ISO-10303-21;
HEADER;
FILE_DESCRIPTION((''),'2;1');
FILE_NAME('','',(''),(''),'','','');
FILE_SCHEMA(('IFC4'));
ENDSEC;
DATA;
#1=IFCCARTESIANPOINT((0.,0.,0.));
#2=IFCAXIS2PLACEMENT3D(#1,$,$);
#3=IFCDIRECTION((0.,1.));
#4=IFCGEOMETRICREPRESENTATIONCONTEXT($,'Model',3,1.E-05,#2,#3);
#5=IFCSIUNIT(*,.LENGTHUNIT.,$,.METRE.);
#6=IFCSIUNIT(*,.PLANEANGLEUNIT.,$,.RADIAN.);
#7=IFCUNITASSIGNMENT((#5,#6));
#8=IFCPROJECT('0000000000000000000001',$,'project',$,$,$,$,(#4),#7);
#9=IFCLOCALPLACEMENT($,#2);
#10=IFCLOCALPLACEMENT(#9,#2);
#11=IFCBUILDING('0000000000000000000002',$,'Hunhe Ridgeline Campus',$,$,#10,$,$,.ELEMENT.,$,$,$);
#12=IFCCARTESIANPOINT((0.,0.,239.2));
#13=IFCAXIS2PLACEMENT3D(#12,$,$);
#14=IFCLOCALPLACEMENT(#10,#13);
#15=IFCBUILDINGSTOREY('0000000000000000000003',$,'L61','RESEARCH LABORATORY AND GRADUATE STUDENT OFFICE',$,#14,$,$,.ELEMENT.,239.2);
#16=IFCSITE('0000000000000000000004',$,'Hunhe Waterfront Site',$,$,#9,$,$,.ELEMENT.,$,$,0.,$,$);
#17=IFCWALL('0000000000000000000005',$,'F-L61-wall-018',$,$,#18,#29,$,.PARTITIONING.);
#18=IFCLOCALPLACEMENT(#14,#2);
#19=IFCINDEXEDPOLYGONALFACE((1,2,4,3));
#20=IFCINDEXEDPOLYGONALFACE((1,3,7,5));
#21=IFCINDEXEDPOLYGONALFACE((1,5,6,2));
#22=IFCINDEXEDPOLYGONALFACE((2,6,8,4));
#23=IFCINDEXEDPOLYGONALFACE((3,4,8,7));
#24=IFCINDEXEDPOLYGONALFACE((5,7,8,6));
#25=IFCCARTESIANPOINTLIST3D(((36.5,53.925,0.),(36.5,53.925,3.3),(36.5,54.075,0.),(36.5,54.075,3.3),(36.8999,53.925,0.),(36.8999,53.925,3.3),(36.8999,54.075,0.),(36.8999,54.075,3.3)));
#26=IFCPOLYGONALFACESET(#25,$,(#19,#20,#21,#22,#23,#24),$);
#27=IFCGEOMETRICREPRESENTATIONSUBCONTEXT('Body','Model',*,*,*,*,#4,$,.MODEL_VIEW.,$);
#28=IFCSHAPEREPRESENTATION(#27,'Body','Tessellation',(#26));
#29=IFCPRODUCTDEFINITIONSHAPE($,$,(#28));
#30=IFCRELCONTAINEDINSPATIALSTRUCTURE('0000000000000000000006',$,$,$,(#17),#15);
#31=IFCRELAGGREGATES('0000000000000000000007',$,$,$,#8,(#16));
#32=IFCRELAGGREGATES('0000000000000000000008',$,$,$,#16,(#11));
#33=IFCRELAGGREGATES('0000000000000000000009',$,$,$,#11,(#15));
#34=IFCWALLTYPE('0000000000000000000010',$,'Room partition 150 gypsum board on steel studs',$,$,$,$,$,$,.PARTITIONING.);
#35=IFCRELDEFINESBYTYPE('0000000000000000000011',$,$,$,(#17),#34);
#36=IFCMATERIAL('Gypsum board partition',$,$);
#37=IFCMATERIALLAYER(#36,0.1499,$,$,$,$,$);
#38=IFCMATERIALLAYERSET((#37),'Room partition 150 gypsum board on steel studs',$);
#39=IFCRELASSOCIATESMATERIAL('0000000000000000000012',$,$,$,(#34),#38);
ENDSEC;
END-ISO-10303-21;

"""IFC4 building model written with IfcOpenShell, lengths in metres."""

from ifc_helpers import new_model, si_unit, direction, frame, frame_2d, origin, place, context, subcontext, project, spatial, rectangle, extrude, material, layer, layer_set, type_object, element, save


model = new_model("IFC4")

# Units and contexts
model_context = context("Model", 3, precision=1e-05, world=origin(), true_north=direction((0.0, 1.0)))
body_context = subcontext(model_context, "Body", "Model", "MODEL_VIEW")
ifc_project = project(units=[si_unit("LENGTHUNIT", "METRE"), si_unit("PLANEANGLEUNIT", "RADIAN")], contexts=[model_context])

# Site, building, storey
site_placement = place(None, origin())
site = spatial("IfcSite", under=ifc_project, at=site_placement, Name="Hunhe Waterfront Site", CompositionType="ELEMENT", RefElevation=0.0)
building_placement = place(site_placement, origin())
building = spatial("IfcBuilding", under=site, at=building_placement, Name="Hunhe Ridgeline Campus", CompositionType="ELEMENT")
storey_placement = place(building_placement, frame((0.0, 0.0, 239.2)))
storey = spatial("IfcBuildingStorey", under=building, at=storey_placement, Name="L61", Description="RESEARCH LABORATORY AND GRADUATE STUDENT OFFICE", CompositionType="ELEMENT", Elevation=239.2)

# Shared definitions
ifc_material_1 = material(Name="Gypsum board partition")

# Wall
ifc_layer_1 = layer(ifc_material_1, 0.1499)
ifc_layer_set_1 = layer_set([ifc_layer_1], Name="Room partition 150 gypsum board on steel studs")
wall_type_1 = type_object("IfcWallType", Name="Room partition 150 gypsum board on steel studs", PredefinedType="PARTITIONING", material=ifc_layer_set_1)
wall_1_placement = place(storey_placement, frame((36.5, 54.0, 0.0), z_axis=(0.0, 0.0, 1.0), x_axis=(1.0, 0.0, 0.0)))
element("IfcWall", 1, at=wall_1_placement, inside=storey, type_object=wall_type_1, Name="F-L61-wall-018", PredefinedType="PARTITIONING", context=body_context, shape_type="SweptSolid", body=[
    extrude(rectangle(XDim=0.3999, YDim=0.1499, at=frame_2d((0.2, 0.0))), origin(), (0.0, 0.0, 1.0), 3.3),
])

save(model, "model.ifc")
